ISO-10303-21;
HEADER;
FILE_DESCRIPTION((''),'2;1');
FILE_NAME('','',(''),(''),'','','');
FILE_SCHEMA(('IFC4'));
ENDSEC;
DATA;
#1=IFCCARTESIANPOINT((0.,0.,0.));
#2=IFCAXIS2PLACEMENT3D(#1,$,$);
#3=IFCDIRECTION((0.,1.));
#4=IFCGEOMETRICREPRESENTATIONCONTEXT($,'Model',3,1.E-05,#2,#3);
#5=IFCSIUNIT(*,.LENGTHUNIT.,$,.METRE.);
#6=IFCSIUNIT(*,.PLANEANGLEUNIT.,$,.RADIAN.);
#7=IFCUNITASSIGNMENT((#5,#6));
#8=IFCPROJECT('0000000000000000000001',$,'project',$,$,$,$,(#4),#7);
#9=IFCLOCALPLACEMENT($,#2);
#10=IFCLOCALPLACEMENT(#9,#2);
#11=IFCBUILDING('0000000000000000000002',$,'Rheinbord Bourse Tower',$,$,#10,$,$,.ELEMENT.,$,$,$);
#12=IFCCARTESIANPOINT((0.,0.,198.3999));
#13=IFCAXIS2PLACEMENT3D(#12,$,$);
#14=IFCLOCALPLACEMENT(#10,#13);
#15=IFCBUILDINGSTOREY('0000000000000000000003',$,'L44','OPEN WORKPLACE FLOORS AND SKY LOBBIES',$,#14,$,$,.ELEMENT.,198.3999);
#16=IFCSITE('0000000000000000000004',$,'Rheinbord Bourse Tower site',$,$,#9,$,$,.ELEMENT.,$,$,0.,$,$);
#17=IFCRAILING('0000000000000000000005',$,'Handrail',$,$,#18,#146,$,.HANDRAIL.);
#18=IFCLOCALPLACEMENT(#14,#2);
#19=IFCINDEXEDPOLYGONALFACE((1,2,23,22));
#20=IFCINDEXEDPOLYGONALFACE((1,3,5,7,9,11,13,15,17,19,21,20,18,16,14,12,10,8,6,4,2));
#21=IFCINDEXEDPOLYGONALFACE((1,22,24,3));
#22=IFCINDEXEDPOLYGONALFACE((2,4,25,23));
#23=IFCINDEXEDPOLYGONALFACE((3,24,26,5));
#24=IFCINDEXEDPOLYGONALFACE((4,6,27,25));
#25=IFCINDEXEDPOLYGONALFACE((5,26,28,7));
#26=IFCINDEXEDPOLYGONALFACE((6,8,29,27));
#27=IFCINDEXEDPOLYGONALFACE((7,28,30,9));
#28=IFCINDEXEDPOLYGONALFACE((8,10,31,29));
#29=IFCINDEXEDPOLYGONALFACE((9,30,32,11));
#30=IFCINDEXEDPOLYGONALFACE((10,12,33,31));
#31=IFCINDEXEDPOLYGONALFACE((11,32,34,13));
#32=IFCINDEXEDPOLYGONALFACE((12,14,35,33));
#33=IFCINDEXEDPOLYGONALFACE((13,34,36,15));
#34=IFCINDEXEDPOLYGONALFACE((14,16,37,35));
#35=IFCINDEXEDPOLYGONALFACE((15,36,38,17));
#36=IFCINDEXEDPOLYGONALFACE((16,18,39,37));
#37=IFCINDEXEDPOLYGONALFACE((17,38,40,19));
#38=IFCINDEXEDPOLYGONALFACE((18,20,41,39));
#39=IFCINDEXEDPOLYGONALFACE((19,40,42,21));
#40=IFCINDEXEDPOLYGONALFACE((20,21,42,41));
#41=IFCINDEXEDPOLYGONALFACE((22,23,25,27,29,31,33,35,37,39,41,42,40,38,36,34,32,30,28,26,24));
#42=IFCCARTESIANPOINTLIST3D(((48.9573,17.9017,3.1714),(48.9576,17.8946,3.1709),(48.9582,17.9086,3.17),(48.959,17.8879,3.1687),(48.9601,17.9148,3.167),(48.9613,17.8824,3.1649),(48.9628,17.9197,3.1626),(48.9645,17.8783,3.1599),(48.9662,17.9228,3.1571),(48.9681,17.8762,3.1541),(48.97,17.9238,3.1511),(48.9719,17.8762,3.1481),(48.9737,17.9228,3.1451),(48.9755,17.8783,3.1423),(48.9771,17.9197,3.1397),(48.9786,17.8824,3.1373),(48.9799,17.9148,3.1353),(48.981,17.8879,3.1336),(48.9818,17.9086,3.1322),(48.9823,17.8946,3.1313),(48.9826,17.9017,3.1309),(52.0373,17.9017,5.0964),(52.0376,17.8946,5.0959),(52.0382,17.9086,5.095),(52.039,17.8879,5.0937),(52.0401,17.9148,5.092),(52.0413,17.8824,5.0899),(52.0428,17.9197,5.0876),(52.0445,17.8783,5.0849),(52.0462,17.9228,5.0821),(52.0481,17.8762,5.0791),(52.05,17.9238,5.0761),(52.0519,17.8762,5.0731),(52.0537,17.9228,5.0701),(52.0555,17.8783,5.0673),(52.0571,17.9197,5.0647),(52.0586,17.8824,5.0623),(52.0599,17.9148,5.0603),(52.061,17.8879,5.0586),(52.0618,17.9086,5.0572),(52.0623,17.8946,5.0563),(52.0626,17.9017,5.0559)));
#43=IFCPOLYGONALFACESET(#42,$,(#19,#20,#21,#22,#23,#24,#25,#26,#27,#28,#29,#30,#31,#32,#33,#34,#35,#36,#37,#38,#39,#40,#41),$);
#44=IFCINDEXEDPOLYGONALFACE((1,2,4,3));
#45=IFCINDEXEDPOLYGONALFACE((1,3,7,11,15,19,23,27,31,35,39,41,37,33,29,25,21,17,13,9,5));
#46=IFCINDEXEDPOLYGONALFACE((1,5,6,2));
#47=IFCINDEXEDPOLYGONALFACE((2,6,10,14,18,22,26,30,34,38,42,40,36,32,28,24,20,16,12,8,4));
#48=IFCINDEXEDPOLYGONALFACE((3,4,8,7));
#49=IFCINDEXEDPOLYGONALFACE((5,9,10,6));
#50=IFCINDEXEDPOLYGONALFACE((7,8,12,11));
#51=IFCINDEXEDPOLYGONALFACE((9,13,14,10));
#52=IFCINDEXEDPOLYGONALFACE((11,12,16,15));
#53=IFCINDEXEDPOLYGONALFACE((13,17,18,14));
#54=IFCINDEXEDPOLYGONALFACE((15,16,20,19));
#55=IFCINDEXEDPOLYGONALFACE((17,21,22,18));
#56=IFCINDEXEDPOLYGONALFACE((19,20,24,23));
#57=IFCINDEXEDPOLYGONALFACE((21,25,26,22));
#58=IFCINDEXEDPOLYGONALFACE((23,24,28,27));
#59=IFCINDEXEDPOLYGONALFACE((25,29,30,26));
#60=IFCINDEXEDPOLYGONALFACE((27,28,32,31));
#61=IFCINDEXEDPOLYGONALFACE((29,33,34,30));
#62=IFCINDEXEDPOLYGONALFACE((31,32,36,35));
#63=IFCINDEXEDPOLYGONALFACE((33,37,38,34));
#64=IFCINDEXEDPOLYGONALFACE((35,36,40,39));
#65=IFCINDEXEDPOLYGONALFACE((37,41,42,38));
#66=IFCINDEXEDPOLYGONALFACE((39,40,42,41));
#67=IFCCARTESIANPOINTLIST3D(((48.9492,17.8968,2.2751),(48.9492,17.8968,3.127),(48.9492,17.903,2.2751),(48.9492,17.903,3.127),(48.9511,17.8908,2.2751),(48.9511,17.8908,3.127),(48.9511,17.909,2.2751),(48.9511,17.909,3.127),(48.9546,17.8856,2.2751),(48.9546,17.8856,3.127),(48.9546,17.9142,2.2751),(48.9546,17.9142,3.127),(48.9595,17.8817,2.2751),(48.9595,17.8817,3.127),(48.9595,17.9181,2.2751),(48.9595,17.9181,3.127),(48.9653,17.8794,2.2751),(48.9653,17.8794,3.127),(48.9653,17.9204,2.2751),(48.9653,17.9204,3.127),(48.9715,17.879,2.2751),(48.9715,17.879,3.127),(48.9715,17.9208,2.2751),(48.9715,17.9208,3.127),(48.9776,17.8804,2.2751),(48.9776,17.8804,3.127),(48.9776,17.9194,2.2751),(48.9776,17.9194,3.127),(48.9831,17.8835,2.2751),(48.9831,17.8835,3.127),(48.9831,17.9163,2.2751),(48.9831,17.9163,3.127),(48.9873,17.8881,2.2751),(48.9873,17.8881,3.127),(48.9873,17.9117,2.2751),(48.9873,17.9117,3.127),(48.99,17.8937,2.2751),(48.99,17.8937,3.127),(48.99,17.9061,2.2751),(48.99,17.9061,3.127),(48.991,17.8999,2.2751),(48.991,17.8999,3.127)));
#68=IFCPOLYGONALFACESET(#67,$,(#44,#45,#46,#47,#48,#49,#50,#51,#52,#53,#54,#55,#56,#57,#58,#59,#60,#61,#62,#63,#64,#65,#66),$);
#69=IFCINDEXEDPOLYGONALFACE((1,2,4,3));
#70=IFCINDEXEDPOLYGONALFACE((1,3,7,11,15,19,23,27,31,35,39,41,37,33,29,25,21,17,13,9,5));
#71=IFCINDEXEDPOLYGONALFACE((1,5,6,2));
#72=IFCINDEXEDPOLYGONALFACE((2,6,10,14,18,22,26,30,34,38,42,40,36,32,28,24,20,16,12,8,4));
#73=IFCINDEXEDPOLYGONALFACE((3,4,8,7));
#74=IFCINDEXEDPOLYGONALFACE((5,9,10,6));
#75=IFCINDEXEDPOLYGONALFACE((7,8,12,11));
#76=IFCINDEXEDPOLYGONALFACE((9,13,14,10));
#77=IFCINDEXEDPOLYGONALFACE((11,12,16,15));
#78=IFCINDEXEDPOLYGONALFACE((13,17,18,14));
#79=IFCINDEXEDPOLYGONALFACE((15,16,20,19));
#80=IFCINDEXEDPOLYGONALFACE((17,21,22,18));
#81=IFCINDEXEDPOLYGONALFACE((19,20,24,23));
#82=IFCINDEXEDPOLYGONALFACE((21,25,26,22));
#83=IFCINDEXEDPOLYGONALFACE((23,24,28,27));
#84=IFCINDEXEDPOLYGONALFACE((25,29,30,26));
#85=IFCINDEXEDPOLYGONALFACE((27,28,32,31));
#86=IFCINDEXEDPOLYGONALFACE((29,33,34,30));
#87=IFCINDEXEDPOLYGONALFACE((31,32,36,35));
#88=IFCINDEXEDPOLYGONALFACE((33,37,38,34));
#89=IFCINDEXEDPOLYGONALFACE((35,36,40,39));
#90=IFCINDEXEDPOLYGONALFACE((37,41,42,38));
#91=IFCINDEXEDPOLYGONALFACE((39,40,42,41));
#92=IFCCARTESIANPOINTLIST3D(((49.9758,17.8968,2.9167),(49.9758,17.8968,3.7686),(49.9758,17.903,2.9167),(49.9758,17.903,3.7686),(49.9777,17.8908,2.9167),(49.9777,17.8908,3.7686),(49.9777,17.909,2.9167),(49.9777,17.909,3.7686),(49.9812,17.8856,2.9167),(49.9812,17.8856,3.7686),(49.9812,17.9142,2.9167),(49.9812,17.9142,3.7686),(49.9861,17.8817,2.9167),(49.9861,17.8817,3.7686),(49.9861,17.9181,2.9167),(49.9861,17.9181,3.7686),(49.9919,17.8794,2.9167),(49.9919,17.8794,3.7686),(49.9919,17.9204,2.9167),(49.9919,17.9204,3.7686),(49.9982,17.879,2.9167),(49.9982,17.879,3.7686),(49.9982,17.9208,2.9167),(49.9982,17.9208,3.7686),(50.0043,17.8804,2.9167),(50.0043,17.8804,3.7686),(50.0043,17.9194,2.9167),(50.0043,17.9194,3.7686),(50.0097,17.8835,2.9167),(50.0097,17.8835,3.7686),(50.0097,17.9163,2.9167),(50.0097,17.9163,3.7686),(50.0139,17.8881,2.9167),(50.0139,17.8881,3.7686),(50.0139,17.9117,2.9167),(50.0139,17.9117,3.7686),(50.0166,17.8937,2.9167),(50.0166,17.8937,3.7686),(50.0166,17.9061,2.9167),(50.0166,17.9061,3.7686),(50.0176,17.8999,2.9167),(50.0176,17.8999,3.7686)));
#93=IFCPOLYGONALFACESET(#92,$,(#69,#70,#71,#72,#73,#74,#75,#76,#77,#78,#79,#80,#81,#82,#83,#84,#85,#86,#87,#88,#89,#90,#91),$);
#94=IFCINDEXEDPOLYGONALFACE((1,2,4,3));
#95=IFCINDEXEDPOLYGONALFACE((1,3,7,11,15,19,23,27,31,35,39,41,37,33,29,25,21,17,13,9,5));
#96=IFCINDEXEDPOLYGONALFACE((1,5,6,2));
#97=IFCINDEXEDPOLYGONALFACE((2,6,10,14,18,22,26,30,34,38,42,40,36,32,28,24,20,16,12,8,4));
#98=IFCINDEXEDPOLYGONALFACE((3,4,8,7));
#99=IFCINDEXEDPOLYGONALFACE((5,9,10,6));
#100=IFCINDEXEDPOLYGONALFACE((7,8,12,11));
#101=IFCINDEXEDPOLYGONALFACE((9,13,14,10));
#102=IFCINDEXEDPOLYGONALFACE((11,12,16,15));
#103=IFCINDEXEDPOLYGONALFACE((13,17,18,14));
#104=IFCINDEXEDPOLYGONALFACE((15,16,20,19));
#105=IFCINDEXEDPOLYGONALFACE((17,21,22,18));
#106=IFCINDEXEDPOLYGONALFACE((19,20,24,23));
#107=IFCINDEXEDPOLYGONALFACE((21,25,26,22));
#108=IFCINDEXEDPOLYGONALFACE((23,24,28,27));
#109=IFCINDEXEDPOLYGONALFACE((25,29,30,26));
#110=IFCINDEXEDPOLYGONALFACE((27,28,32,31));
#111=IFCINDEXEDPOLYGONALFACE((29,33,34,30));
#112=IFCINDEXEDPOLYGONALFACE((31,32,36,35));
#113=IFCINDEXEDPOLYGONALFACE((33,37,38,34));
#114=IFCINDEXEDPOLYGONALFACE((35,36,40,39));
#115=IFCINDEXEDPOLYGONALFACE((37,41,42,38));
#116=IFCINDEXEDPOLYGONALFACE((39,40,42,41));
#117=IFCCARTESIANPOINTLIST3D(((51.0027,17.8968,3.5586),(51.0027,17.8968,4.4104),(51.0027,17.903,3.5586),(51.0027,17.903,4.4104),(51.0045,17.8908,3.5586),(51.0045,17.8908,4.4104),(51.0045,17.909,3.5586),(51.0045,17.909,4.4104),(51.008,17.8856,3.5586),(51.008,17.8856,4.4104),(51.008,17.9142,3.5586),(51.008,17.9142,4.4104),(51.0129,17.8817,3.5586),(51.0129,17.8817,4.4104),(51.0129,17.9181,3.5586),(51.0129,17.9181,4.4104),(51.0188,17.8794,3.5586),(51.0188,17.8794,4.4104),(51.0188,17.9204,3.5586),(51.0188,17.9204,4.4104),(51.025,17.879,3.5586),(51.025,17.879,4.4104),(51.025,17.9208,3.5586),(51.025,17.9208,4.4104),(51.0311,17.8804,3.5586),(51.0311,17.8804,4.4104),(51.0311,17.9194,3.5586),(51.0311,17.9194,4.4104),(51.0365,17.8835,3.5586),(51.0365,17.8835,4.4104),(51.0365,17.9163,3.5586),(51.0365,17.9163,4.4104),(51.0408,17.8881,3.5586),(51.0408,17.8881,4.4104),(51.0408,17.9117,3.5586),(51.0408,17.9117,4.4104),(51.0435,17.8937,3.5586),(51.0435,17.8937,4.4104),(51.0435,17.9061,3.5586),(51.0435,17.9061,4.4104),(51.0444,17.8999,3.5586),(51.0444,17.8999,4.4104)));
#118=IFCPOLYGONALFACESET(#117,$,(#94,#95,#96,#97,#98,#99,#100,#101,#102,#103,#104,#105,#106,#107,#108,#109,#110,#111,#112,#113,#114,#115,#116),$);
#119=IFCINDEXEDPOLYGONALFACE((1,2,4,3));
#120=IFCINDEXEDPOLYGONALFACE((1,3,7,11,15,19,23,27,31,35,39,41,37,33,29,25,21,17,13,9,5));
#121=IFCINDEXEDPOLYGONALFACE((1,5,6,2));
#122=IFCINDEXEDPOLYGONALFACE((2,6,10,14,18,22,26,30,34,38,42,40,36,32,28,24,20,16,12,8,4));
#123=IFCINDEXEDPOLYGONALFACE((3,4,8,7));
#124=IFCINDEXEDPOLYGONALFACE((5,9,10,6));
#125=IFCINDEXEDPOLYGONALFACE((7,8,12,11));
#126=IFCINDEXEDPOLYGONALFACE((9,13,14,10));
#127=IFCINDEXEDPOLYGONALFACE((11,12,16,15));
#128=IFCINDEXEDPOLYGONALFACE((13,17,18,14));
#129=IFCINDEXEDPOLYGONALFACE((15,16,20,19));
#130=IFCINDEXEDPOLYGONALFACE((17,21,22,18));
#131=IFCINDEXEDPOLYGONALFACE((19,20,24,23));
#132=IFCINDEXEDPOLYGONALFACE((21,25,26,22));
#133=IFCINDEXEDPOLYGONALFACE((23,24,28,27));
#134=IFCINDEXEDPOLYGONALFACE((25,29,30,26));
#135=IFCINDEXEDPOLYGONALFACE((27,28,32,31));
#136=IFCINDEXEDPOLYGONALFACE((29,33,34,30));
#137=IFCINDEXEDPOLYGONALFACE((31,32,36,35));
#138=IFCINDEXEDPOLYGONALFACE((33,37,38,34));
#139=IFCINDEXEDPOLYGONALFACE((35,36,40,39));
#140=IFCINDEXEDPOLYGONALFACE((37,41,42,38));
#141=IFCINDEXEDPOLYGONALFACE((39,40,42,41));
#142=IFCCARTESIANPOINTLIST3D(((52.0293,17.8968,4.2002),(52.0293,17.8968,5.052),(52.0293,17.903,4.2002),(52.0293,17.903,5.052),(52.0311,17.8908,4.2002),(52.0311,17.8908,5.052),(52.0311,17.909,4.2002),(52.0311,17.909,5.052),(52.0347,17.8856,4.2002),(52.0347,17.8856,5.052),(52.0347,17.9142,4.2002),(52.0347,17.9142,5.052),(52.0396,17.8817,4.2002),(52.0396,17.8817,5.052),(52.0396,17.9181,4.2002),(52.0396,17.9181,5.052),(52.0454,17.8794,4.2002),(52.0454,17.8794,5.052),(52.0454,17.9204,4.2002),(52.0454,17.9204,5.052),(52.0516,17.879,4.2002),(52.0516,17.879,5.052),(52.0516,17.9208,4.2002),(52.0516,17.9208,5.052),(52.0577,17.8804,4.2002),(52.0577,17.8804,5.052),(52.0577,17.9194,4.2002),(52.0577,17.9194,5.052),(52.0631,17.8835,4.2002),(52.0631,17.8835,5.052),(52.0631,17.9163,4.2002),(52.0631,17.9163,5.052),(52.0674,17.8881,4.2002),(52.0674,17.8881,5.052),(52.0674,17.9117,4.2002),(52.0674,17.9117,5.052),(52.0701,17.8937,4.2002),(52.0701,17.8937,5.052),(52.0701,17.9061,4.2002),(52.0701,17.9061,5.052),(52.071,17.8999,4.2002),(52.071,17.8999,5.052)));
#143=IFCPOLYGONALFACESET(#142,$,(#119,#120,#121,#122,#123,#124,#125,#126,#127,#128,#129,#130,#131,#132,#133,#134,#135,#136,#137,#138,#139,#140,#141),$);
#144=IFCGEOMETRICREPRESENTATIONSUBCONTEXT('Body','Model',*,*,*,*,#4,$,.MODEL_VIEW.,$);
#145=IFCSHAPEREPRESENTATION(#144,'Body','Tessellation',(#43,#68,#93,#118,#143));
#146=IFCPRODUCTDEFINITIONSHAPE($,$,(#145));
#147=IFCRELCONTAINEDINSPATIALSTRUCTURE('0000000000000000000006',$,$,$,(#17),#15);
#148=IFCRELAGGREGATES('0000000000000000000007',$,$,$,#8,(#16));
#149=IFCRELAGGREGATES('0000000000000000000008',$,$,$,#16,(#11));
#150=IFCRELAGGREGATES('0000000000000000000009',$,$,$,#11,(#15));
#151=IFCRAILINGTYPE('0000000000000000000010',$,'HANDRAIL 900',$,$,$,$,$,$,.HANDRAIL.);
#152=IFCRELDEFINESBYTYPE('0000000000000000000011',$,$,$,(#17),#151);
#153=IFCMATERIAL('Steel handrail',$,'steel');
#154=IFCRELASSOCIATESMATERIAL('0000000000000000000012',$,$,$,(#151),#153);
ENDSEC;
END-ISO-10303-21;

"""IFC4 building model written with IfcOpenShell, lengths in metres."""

from ifc_helpers import new_model, si_unit, direction, frame, origin, origin_2d, place, context, subcontext, project, spatial, circle, extrude, material, type_object, element, save


model = new_model("IFC4")

# Units and contexts
model_context = context("Model", 3, precision=1e-05, world=origin(), true_north=direction((0.0, 1.0)))
body_context = subcontext(model_context, "Body", "Model", "MODEL_VIEW")
ifc_project = project(units=[si_unit("LENGTHUNIT", "METRE"), si_unit("PLANEANGLEUNIT", "RADIAN")], contexts=[model_context])

# Site, building, storey
site_placement = place(None, origin())
site = spatial("IfcSite", under=ifc_project, at=site_placement, Name="Rheinbord Bourse Tower site", CompositionType="ELEMENT", RefElevation=0.0)
building_placement = place(site_placement, origin())
building = spatial("IfcBuilding", under=site, at=building_placement, Name="Rheinbord Bourse Tower", CompositionType="ELEMENT")
storey_placement = place(building_placement, frame((0.0, 0.0, 198.3999)))
storey = spatial("IfcBuildingStorey", under=building, at=storey_placement, Name="L44", Description="OPEN WORKPLACE FLOORS AND SKY LOBBIES", CompositionType="ELEMENT", Elevation=198.3999)

# Railing
ifc_material_1 = material(Name="Steel handrail", Category="steel")
railing_type = type_object("IfcRailingType", Name="HANDRAIL 900", PredefinedType="HANDRAIL", material=ifc_material_1)
railing_1_placement = place(storey_placement, frame((48.97, 17.8999, 2.2751)))
element("IfcRailing", 1, at=railing_1_placement, inside=storey, type_object=railing_type, Name="Handrail", PredefinedType="HANDRAIL", context=body_context, shape_type="SweptSolid", body=[
    extrude(circle(Radius=0.0239, at=origin_2d()), frame((0.0, 0.0, 0.876), z_axis=(0.847998, 0.0, 0.529999), x_axis=(0.0, 1.0, 0.0)), (0.0, 0.0, 1.0), 3.6321),
    extrude(circle(Radius=0.021, at=origin_2d()), origin(), (0.0, 0.0, 1.0), 0.8518),
    extrude(circle(Radius=0.021, at=origin_2d()), frame((1.0266, 0.0, 0.6416)), (0.0, 0.0, 1.0), 0.8518),
    extrude(circle(Radius=0.021, at=origin_2d()), frame((2.0535, 0.0, 1.2834)), (0.0, 0.0, 1.0), 0.8518),
    extrude(circle(Radius=0.021, at=origin_2d()), frame((3.0801, 0.0, 1.925)), (0.0, 0.0, 1.0), 0.8518),
])

save(model, "model.ifc")
